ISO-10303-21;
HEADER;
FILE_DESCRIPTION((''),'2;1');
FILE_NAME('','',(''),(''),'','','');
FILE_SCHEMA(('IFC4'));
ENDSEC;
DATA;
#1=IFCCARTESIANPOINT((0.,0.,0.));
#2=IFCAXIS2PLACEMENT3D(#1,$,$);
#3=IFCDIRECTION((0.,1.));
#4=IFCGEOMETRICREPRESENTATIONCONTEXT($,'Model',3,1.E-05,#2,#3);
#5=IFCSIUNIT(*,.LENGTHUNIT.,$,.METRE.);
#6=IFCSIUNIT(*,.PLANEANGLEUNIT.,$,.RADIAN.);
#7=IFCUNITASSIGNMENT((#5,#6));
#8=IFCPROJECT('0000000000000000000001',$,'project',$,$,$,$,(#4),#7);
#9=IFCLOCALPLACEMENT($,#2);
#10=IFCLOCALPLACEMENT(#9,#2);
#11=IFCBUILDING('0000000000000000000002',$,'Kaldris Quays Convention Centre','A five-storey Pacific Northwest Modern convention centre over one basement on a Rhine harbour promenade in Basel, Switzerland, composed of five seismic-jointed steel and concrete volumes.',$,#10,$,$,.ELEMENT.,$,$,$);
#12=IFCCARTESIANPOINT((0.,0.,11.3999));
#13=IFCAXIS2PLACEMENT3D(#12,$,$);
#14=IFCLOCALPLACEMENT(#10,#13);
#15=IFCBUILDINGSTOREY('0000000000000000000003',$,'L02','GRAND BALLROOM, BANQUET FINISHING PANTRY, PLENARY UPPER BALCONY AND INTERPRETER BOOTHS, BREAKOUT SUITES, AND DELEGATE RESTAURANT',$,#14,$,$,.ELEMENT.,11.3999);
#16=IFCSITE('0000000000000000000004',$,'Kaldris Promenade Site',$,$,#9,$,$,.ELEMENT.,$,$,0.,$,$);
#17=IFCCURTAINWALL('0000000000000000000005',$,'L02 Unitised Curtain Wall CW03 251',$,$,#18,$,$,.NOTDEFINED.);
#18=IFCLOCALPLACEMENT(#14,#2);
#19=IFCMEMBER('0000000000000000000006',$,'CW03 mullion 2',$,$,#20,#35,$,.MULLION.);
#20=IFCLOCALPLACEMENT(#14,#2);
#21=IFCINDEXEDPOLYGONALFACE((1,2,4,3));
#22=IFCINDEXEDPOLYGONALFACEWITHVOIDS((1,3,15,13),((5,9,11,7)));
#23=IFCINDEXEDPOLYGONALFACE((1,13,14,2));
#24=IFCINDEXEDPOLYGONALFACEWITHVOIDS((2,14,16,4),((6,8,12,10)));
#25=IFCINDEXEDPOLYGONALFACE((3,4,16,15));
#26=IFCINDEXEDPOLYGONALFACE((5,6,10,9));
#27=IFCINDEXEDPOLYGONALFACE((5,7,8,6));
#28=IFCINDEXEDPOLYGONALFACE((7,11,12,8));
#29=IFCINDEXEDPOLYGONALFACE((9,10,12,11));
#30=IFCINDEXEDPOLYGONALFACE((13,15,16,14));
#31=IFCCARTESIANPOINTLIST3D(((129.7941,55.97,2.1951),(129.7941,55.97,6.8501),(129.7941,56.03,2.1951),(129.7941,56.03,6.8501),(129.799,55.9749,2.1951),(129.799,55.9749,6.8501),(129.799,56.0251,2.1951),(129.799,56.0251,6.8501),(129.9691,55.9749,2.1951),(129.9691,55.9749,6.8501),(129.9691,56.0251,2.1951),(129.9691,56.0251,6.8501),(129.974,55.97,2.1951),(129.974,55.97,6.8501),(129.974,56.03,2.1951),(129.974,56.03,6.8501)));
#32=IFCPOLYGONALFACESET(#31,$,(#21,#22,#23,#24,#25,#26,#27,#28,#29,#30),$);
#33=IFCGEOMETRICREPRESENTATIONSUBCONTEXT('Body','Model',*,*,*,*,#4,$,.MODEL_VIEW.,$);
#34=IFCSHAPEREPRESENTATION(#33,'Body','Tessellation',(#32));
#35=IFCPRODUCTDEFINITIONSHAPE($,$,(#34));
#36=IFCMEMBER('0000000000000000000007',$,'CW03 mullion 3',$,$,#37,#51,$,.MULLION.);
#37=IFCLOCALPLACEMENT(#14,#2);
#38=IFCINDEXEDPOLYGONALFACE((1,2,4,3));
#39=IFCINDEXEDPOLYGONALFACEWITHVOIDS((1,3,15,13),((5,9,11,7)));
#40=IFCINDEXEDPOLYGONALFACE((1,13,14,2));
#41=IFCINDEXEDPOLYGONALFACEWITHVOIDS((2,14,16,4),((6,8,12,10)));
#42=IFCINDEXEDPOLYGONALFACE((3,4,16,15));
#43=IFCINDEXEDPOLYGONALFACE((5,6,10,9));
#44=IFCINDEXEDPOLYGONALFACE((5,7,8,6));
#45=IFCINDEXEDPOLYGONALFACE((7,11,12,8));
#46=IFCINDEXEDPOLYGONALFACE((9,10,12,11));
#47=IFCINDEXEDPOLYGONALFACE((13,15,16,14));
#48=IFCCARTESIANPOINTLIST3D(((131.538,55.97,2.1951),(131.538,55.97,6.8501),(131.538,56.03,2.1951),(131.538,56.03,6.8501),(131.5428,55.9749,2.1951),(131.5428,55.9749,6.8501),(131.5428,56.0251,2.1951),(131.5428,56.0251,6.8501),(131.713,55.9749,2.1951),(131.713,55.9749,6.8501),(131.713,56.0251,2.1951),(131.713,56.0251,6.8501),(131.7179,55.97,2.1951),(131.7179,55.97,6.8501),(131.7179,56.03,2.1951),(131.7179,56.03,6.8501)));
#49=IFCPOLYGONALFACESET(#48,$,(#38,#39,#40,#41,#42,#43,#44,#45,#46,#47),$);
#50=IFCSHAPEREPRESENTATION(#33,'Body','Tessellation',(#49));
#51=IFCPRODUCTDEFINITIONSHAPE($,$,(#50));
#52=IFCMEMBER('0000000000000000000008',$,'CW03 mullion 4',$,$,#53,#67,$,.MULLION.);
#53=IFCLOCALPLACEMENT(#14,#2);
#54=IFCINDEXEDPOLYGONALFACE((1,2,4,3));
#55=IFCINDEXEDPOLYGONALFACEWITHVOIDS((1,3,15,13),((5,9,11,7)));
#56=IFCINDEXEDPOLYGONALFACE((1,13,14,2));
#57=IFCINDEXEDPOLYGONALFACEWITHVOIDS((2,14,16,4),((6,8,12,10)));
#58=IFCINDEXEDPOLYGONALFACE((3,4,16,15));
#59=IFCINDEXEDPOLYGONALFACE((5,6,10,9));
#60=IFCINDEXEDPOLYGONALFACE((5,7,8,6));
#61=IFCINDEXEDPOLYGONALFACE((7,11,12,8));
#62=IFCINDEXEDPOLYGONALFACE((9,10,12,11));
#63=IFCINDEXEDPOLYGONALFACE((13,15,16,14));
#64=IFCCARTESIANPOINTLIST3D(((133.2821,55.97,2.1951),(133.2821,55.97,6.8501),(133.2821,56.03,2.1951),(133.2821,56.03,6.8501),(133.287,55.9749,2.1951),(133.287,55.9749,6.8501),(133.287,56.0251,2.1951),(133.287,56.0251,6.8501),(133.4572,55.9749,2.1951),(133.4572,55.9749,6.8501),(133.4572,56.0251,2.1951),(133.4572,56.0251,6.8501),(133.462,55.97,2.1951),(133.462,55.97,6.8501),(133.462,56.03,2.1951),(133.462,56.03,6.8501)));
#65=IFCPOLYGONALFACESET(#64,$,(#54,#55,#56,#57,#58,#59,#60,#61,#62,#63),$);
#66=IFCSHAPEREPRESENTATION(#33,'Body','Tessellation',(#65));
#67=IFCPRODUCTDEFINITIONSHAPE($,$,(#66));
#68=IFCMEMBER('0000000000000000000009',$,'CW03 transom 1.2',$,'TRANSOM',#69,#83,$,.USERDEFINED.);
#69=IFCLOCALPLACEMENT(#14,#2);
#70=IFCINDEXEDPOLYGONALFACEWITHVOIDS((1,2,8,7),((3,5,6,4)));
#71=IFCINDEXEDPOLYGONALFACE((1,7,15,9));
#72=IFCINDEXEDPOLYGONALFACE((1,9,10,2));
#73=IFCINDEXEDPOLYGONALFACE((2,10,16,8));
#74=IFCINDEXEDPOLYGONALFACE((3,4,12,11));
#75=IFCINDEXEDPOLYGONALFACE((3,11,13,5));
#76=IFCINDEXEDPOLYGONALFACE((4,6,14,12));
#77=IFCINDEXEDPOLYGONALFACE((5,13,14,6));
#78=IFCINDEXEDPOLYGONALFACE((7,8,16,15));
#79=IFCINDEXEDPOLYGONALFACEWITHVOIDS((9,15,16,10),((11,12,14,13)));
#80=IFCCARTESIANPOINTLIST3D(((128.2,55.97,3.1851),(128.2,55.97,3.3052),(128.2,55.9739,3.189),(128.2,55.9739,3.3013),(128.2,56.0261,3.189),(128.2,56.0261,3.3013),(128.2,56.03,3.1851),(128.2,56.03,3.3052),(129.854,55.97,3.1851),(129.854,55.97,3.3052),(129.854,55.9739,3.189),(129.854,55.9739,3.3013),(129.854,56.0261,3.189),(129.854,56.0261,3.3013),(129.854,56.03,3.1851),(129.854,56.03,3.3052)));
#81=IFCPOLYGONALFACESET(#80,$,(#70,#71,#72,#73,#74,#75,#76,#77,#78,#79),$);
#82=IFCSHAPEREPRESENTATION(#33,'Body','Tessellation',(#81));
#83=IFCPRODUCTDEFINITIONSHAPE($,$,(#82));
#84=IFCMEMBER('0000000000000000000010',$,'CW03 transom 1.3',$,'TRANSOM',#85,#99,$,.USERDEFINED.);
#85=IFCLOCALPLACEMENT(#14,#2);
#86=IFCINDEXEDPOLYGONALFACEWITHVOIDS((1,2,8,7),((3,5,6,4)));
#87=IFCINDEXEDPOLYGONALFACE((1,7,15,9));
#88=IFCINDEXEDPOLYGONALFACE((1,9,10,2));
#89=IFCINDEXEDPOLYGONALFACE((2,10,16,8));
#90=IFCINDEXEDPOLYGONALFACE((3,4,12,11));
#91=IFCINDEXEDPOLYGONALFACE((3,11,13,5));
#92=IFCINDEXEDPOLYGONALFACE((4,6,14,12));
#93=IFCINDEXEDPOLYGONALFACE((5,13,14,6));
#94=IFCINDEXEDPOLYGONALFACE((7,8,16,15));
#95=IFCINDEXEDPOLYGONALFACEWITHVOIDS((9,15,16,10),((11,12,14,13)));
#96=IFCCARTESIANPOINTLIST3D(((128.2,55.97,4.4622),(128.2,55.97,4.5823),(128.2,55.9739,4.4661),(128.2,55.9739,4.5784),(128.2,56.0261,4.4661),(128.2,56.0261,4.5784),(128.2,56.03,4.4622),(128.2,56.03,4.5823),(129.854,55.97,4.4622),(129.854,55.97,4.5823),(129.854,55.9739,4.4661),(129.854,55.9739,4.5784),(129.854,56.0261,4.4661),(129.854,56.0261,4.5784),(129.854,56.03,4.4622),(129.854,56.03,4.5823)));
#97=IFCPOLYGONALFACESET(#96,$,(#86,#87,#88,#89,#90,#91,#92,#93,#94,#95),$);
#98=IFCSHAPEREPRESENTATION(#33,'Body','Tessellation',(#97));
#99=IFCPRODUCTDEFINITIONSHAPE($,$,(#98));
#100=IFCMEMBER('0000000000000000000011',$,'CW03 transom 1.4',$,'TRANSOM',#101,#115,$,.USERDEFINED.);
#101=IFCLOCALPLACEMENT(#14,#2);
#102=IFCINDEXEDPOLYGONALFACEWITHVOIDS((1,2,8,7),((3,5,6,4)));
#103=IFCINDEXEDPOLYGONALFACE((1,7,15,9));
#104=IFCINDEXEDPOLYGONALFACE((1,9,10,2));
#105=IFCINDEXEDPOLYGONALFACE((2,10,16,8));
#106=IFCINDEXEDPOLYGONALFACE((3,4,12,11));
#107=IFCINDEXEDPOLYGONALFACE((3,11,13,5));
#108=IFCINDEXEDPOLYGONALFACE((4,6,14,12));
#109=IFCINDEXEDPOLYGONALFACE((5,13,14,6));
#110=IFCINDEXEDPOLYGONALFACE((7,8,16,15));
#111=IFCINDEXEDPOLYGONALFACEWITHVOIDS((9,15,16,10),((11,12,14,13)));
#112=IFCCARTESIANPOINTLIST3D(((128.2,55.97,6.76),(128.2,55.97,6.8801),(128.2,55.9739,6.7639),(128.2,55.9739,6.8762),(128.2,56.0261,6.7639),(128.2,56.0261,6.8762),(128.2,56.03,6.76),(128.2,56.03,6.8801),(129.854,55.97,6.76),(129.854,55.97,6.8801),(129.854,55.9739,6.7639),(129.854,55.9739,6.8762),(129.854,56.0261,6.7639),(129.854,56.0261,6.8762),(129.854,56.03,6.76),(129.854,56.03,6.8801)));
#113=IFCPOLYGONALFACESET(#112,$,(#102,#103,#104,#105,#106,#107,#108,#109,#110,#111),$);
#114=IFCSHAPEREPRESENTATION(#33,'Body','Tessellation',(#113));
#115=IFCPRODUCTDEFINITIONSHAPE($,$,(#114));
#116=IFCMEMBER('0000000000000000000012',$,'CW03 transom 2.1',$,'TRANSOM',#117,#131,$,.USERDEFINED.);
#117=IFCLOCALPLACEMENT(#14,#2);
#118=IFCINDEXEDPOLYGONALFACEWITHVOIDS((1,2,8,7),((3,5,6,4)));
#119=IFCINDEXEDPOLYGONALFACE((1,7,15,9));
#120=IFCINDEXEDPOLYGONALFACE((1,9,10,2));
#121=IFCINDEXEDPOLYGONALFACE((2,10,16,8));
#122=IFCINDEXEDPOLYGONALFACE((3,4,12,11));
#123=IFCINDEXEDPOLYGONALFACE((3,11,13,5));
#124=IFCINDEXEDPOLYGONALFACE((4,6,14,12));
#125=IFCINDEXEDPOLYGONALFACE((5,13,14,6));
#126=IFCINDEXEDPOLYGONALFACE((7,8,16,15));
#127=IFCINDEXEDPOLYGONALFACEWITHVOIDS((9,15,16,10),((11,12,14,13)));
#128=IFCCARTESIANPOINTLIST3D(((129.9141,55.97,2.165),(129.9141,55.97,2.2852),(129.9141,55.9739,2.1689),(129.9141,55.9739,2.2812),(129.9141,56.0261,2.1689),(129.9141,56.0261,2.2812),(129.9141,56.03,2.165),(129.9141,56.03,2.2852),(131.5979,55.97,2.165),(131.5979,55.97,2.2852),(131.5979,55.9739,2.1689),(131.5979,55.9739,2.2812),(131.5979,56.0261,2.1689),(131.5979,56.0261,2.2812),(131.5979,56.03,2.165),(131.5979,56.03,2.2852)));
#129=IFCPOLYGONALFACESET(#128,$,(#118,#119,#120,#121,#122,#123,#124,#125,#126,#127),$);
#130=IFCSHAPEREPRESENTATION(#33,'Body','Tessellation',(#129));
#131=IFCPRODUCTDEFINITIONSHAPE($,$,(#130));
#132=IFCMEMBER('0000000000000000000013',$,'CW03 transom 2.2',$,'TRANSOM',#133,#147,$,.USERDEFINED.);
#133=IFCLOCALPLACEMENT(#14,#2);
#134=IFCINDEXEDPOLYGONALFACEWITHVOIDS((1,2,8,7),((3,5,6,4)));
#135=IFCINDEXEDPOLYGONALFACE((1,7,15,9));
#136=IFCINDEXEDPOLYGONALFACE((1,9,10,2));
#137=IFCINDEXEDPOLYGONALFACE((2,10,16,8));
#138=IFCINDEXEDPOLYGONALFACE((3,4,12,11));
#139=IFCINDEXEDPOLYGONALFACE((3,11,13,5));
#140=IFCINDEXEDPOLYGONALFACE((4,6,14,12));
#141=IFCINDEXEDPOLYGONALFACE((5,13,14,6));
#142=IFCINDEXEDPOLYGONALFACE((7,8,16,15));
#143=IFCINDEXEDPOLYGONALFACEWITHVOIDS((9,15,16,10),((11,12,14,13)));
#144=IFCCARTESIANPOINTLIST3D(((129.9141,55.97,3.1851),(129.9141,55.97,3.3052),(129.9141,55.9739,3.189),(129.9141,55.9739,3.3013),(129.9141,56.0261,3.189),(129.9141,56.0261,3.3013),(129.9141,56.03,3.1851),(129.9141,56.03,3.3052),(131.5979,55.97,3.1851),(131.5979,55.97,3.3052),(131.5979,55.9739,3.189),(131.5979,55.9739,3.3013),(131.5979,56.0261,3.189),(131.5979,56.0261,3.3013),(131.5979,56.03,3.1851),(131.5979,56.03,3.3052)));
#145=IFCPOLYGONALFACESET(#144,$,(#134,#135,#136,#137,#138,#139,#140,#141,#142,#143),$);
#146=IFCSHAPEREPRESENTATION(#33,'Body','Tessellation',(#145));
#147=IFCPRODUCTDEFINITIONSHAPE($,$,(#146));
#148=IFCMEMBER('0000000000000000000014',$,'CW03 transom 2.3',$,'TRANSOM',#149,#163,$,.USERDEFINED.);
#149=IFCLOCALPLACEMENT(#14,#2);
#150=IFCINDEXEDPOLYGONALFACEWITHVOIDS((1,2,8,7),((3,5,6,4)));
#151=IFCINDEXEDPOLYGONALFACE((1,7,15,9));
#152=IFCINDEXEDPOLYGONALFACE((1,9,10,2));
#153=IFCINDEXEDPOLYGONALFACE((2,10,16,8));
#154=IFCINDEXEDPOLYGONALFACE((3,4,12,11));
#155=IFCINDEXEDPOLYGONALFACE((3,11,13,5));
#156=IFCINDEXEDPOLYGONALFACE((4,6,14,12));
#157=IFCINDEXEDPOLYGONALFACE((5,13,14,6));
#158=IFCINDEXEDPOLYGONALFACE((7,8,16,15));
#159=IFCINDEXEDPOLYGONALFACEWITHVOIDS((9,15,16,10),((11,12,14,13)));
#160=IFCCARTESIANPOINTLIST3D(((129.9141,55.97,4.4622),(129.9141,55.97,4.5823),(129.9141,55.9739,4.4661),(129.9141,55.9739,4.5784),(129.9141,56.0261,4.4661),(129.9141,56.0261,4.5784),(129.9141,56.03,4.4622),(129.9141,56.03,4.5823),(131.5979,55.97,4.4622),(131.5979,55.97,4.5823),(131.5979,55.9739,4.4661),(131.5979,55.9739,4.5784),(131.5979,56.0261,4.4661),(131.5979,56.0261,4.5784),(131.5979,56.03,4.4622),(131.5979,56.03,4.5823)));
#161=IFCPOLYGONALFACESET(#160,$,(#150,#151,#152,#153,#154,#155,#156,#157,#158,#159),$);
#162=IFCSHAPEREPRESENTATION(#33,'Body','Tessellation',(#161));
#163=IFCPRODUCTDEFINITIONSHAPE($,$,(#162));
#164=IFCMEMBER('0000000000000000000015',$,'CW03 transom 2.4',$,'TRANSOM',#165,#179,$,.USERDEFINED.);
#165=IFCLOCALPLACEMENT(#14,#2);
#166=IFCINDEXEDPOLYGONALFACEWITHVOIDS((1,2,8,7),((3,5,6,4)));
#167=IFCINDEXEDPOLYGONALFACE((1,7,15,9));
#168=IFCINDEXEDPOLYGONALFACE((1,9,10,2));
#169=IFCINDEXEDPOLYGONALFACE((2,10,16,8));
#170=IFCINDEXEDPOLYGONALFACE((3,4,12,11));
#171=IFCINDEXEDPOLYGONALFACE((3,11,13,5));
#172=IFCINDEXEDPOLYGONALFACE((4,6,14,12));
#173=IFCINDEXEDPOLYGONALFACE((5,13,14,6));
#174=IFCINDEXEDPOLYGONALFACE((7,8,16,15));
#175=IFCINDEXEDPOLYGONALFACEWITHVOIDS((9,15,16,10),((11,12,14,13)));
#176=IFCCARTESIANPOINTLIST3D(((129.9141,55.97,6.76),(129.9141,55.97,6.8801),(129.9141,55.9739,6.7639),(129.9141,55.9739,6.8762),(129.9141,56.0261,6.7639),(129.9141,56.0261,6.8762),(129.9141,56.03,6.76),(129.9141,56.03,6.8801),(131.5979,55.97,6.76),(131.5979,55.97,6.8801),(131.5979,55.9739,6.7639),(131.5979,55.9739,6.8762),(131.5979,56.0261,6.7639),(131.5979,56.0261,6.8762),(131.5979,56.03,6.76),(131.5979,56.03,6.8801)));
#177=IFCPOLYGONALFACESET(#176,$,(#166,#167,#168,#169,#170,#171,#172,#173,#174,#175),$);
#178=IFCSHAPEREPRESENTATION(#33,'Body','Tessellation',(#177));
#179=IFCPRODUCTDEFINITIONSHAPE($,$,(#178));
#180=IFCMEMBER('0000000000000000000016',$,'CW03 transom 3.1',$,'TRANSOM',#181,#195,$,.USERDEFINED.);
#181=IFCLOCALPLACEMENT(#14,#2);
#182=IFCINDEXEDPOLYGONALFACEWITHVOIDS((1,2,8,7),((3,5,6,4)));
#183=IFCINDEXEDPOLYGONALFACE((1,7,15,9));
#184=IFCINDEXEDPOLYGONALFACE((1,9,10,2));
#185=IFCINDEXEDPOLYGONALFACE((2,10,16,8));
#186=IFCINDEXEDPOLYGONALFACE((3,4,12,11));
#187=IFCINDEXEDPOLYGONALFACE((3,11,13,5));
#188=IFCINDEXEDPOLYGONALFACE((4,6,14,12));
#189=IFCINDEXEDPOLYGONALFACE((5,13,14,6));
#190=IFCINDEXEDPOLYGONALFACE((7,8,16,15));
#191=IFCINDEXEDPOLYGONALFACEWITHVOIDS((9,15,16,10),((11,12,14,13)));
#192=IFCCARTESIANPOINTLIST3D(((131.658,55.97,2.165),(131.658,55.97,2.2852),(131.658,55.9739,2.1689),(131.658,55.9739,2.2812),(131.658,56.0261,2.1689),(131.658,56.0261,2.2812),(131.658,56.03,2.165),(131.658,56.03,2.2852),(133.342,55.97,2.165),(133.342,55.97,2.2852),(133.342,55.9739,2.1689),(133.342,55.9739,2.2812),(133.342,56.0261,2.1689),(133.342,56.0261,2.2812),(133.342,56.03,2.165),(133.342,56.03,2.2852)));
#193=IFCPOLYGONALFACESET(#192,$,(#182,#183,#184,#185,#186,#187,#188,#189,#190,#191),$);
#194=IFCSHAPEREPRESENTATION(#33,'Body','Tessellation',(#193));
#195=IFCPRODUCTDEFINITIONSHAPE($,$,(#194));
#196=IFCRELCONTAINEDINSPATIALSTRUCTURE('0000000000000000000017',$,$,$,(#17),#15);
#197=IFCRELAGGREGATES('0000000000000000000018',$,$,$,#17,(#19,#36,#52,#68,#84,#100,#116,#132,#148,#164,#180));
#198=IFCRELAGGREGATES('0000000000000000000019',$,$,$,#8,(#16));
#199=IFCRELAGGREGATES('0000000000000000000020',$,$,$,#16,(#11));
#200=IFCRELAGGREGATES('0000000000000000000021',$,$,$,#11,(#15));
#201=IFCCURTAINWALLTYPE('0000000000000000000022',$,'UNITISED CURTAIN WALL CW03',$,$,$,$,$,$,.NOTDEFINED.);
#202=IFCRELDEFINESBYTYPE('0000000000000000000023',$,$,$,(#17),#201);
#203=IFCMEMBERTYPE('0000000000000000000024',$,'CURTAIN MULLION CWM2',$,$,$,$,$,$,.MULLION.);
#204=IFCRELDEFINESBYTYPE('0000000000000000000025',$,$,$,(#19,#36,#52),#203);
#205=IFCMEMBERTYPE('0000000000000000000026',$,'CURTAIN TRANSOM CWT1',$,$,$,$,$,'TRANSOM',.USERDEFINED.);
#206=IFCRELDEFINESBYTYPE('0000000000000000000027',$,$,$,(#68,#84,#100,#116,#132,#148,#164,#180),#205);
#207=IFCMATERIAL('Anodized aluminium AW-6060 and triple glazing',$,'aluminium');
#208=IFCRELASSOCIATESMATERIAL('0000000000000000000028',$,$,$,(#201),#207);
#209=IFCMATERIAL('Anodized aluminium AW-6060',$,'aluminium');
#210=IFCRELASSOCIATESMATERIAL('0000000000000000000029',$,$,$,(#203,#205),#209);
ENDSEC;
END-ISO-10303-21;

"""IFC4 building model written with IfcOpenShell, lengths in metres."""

from ifc_helpers import new_model, si_unit, direction, frame, origin, origin_2d, place, context, subcontext, project, spatial, hollow_rectangle, extrude, material, material_profile, profile_set, type_object, element, aggregate, save


model = new_model("IFC4")

# Units and contexts
model_context = context("Model", 3, precision=1e-05, world=origin(), true_north=direction((0.0, 1.0)))
body_context = subcontext(model_context, "Body", "Model", "MODEL_VIEW")
ifc_project = project(units=[si_unit("LENGTHUNIT", "METRE"), si_unit("PLANEANGLEUNIT", "RADIAN")], contexts=[model_context])

# Site, building, storey
site_placement = place(None, origin())
site = spatial("IfcSite", under=ifc_project, at=site_placement, Name="Kaldris Promenade Site", CompositionType="ELEMENT", RefElevation=0.0)
building_placement = place(site_placement, origin())
building = spatial("IfcBuilding", under=site, at=building_placement, Name="Kaldris Quays Convention Centre", Description="A five-storey Pacific Northwest Modern convention centre over one basement on a Rhine harbour promenade in Basel, Switzerland, composed of five seismic-jointed steel and concrete volumes.", CompositionType="ELEMENT")
storey_placement = place(building_placement, frame((0.0, 0.0, 11.3999)))
storey = spatial("IfcBuildingStorey", under=building, at=storey_placement, Name="L02", Description="GRAND BALLROOM, BANQUET FINISHING PANTRY, PLENARY UPPER BALCONY AND INTERPRETER BOOTHS, BREAKOUT SUITES, AND DELEGATE RESTAURANT", CompositionType="ELEMENT", Elevation=11.3999)

# Curtain wall, members
ifc_material_1 = material(Name="Anodized aluminium AW-6060 and triple glazing", Category="aluminium")
curtain_wall_type = type_object("IfcCurtainWallType", Name="UNITISED CURTAIN WALL CW03", PredefinedType="NOTDEFINED", material=ifc_material_1)
curtain_wall_placement = place(storey_placement, origin())
curtain_wall = element("IfcCurtainWall", 1, at=curtain_wall_placement, inside=storey, type_object=curtain_wall_type, Name="L02 Unitised Curtain Wall CW03 251", PredefinedType="NOTDEFINED")
ifc_material_2 = material(Name="Anodized aluminium AW-6060", Category="aluminium")
ifc_material_profile_1 = material_profile(ifc_material_2, hollow_rectangle(XDim=0.0601, YDim=0.1799, WallThickness=0.0049, at=origin_2d()), Name="RHS 180x60x5")
ifc_profile_set_1 = profile_set([ifc_material_profile_1], Name="Anodized aluminium AW-6060")
member_type_1 = type_object("IfcMemberType", Name="CURTAIN MULLION CWM2", PredefinedType="MULLION", material=ifc_profile_set_1)
member_1_placement = place(storey_placement, frame((129.884, 56.0, 2.1951), z_axis=(0.0, 0.0, 1.0), x_axis=(0.0, 1.0, 0.0)))
member_1 = element("IfcMember", 2, at=member_1_placement, type_object=member_type_1, Name="CW03 mullion 2", PredefinedType="MULLION", context=body_context, shape_type="SweptSolid", body=[
    extrude(hollow_rectangle(XDim=0.0601, YDim=0.1799, WallThickness=0.0049, at=origin_2d()), origin(), (0.0, 0.0, 1.0), 4.655),
])
member_2_placement = place(storey_placement, frame((131.6279, 56.0, 2.1951), z_axis=(0.0, 0.0, 1.0), x_axis=(0.0, 1.0, 0.0)))
member_2 = element("IfcMember", 3, at=member_2_placement, type_object=member_type_1, Name="CW03 mullion 3", PredefinedType="MULLION", context=body_context, shape_type="SweptSolid", body=[
    extrude(hollow_rectangle(XDim=0.0601, YDim=0.1799, WallThickness=0.0049, at=origin_2d()), origin(), (0.0, 0.0, 1.0), 4.655),
])
member_3_placement = place(storey_placement, frame((133.3721, 56.0, 2.1951), z_axis=(0.0, 0.0, 1.0), x_axis=(0.0, 1.0, 0.0)))
member_3 = element("IfcMember", 4, at=member_3_placement, type_object=member_type_1, Name="CW03 mullion 4", PredefinedType="MULLION", context=body_context, shape_type="SweptSolid", body=[
    extrude(hollow_rectangle(XDim=0.0601, YDim=0.1799, WallThickness=0.0049, at=origin_2d()), origin(), (0.0, 0.0, 1.0), 4.655),
])
ifc_material_profile_2 = material_profile(ifc_material_2, hollow_rectangle(XDim=0.0601, YDim=0.1201, WallThickness=0.0039, at=origin_2d()), Name="RHS 120x60x4")
ifc_profile_set_2 = profile_set([ifc_material_profile_2], Name="Anodized aluminium AW-6060")
member_type_2 = type_object("IfcMemberType", Name="CURTAIN TRANSOM CWT1", ElementType="TRANSOM", PredefinedType="USERDEFINED", material=ifc_profile_set_2)
member_4_placement = place(storey_placement, frame((128.2, 56.0, 3.2451), z_axis=(1.0, 0.0, 0.0), x_axis=(0.0, 1.0, 0.0)))
member_4 = element("IfcMember", 5, at=member_4_placement, type_object=member_type_2, Name="CW03 transom 1.2", ObjectType="TRANSOM", PredefinedType="USERDEFINED", context=body_context, shape_type="SweptSolid", body=[
    extrude(hollow_rectangle(XDim=0.0601, YDim=0.1201, WallThickness=0.0039, at=origin_2d()), origin(), (0.0, 0.0, 1.0), 1.6541),
])
member_5_placement = place(storey_placement, frame((128.2, 56.0, 4.5222), z_axis=(1.0, 0.0, 0.0), x_axis=(0.0, 1.0, 0.0)))
member_5 = element("IfcMember", 6, at=member_5_placement, type_object=member_type_2, Name="CW03 transom 1.3", ObjectType="TRANSOM", PredefinedType="USERDEFINED", context=body_context, shape_type="SweptSolid", body=[
    extrude(hollow_rectangle(XDim=0.0601, YDim=0.1201, WallThickness=0.0039, at=origin_2d()), origin(), (0.0, 0.0, 1.0), 1.6541),
])
member_6_placement = place(storey_placement, frame((128.2, 56.0, 6.8201), z_axis=(1.0, 0.0, 0.0), x_axis=(0.0, 1.0, 0.0)))
member_6 = element("IfcMember", 7, at=member_6_placement, type_object=member_type_2, Name="CW03 transom 1.4", ObjectType="TRANSOM", PredefinedType="USERDEFINED", context=body_context, shape_type="SweptSolid", body=[
    extrude(hollow_rectangle(XDim=0.0601, YDim=0.1201, WallThickness=0.0039, at=origin_2d()), origin(), (0.0, 0.0, 1.0), 1.6541),
])
member_7_placement = place(storey_placement, frame((129.9141, 56.0, 2.2251), z_axis=(1.0, 0.0, 0.0), x_axis=(0.0, 1.0, 0.0)))
member_7 = element("IfcMember", 8, at=member_7_placement, type_object=member_type_2, Name="CW03 transom 2.1", ObjectType="TRANSOM", PredefinedType="USERDEFINED", context=body_context, shape_type="SweptSolid", body=[
    extrude(hollow_rectangle(XDim=0.0601, YDim=0.1201, WallThickness=0.0039, at=origin_2d()), origin(), (0.0, 0.0, 1.0), 1.6838),
])
member_8_placement = place(storey_placement, frame((129.9141, 56.0, 3.2451), z_axis=(1.0, 0.0, 0.0), x_axis=(0.0, 1.0, 0.0)))
member_8 = element("IfcMember", 9, at=member_8_placement, type_object=member_type_2, Name="CW03 transom 2.2", ObjectType="TRANSOM", PredefinedType="USERDEFINED", context=body_context, shape_type="SweptSolid", body=[
    extrude(hollow_rectangle(XDim=0.0601, YDim=0.1201, WallThickness=0.0039, at=origin_2d()), origin(), (0.0, 0.0, 1.0), 1.6838),
])
member_9_placement = place(storey_placement, frame((129.9141, 56.0, 4.5222), z_axis=(1.0, 0.0, 0.0), x_axis=(0.0, 1.0, 0.0)))
member_9 = element("IfcMember", 10, at=member_9_placement, type_object=member_type_2, Name="CW03 transom 2.3", ObjectType="TRANSOM", PredefinedType="USERDEFINED", context=body_context, shape_type="SweptSolid", body=[
    extrude(hollow_rectangle(XDim=0.0601, YDim=0.1201, WallThickness=0.0039, at=origin_2d()), origin(), (0.0, 0.0, 1.0), 1.6838),
])
member_10_placement = place(storey_placement, frame((129.9141, 56.0, 6.8201), z_axis=(1.0, 0.0, 0.0), x_axis=(0.0, 1.0, 0.0)))
member_10 = element("IfcMember", 11, at=member_10_placement, type_object=member_type_2, Name="CW03 transom 2.4", ObjectType="TRANSOM", PredefinedType="USERDEFINED", context=body_context, shape_type="SweptSolid", body=[
    extrude(hollow_rectangle(XDim=0.0601, YDim=0.1201, WallThickness=0.0039, at=origin_2d()), origin(), (0.0, 0.0, 1.0), 1.6838),
])
member_11_placement = place(storey_placement, frame((131.658, 56.0, 2.2251), z_axis=(1.0, 0.0, 0.0), x_axis=(0.0, 1.0, 0.0)))
member_11 = element("IfcMember", 12, at=member_11_placement, type_object=member_type_2, Name="CW03 transom 3.1", ObjectType="TRANSOM", PredefinedType="USERDEFINED", context=body_context, shape_type="SweptSolid", body=[
    extrude(hollow_rectangle(XDim=0.0601, YDim=0.1201, WallThickness=0.0039, at=origin_2d()), origin(), (0.0, 0.0, 1.0), 1.6841),
])

aggregate(curtain_wall, [member_1, member_2, member_3, member_4, member_5, member_6, member_7, member_8, member_9, member_10, member_11])

save(model, "model.ifc")
